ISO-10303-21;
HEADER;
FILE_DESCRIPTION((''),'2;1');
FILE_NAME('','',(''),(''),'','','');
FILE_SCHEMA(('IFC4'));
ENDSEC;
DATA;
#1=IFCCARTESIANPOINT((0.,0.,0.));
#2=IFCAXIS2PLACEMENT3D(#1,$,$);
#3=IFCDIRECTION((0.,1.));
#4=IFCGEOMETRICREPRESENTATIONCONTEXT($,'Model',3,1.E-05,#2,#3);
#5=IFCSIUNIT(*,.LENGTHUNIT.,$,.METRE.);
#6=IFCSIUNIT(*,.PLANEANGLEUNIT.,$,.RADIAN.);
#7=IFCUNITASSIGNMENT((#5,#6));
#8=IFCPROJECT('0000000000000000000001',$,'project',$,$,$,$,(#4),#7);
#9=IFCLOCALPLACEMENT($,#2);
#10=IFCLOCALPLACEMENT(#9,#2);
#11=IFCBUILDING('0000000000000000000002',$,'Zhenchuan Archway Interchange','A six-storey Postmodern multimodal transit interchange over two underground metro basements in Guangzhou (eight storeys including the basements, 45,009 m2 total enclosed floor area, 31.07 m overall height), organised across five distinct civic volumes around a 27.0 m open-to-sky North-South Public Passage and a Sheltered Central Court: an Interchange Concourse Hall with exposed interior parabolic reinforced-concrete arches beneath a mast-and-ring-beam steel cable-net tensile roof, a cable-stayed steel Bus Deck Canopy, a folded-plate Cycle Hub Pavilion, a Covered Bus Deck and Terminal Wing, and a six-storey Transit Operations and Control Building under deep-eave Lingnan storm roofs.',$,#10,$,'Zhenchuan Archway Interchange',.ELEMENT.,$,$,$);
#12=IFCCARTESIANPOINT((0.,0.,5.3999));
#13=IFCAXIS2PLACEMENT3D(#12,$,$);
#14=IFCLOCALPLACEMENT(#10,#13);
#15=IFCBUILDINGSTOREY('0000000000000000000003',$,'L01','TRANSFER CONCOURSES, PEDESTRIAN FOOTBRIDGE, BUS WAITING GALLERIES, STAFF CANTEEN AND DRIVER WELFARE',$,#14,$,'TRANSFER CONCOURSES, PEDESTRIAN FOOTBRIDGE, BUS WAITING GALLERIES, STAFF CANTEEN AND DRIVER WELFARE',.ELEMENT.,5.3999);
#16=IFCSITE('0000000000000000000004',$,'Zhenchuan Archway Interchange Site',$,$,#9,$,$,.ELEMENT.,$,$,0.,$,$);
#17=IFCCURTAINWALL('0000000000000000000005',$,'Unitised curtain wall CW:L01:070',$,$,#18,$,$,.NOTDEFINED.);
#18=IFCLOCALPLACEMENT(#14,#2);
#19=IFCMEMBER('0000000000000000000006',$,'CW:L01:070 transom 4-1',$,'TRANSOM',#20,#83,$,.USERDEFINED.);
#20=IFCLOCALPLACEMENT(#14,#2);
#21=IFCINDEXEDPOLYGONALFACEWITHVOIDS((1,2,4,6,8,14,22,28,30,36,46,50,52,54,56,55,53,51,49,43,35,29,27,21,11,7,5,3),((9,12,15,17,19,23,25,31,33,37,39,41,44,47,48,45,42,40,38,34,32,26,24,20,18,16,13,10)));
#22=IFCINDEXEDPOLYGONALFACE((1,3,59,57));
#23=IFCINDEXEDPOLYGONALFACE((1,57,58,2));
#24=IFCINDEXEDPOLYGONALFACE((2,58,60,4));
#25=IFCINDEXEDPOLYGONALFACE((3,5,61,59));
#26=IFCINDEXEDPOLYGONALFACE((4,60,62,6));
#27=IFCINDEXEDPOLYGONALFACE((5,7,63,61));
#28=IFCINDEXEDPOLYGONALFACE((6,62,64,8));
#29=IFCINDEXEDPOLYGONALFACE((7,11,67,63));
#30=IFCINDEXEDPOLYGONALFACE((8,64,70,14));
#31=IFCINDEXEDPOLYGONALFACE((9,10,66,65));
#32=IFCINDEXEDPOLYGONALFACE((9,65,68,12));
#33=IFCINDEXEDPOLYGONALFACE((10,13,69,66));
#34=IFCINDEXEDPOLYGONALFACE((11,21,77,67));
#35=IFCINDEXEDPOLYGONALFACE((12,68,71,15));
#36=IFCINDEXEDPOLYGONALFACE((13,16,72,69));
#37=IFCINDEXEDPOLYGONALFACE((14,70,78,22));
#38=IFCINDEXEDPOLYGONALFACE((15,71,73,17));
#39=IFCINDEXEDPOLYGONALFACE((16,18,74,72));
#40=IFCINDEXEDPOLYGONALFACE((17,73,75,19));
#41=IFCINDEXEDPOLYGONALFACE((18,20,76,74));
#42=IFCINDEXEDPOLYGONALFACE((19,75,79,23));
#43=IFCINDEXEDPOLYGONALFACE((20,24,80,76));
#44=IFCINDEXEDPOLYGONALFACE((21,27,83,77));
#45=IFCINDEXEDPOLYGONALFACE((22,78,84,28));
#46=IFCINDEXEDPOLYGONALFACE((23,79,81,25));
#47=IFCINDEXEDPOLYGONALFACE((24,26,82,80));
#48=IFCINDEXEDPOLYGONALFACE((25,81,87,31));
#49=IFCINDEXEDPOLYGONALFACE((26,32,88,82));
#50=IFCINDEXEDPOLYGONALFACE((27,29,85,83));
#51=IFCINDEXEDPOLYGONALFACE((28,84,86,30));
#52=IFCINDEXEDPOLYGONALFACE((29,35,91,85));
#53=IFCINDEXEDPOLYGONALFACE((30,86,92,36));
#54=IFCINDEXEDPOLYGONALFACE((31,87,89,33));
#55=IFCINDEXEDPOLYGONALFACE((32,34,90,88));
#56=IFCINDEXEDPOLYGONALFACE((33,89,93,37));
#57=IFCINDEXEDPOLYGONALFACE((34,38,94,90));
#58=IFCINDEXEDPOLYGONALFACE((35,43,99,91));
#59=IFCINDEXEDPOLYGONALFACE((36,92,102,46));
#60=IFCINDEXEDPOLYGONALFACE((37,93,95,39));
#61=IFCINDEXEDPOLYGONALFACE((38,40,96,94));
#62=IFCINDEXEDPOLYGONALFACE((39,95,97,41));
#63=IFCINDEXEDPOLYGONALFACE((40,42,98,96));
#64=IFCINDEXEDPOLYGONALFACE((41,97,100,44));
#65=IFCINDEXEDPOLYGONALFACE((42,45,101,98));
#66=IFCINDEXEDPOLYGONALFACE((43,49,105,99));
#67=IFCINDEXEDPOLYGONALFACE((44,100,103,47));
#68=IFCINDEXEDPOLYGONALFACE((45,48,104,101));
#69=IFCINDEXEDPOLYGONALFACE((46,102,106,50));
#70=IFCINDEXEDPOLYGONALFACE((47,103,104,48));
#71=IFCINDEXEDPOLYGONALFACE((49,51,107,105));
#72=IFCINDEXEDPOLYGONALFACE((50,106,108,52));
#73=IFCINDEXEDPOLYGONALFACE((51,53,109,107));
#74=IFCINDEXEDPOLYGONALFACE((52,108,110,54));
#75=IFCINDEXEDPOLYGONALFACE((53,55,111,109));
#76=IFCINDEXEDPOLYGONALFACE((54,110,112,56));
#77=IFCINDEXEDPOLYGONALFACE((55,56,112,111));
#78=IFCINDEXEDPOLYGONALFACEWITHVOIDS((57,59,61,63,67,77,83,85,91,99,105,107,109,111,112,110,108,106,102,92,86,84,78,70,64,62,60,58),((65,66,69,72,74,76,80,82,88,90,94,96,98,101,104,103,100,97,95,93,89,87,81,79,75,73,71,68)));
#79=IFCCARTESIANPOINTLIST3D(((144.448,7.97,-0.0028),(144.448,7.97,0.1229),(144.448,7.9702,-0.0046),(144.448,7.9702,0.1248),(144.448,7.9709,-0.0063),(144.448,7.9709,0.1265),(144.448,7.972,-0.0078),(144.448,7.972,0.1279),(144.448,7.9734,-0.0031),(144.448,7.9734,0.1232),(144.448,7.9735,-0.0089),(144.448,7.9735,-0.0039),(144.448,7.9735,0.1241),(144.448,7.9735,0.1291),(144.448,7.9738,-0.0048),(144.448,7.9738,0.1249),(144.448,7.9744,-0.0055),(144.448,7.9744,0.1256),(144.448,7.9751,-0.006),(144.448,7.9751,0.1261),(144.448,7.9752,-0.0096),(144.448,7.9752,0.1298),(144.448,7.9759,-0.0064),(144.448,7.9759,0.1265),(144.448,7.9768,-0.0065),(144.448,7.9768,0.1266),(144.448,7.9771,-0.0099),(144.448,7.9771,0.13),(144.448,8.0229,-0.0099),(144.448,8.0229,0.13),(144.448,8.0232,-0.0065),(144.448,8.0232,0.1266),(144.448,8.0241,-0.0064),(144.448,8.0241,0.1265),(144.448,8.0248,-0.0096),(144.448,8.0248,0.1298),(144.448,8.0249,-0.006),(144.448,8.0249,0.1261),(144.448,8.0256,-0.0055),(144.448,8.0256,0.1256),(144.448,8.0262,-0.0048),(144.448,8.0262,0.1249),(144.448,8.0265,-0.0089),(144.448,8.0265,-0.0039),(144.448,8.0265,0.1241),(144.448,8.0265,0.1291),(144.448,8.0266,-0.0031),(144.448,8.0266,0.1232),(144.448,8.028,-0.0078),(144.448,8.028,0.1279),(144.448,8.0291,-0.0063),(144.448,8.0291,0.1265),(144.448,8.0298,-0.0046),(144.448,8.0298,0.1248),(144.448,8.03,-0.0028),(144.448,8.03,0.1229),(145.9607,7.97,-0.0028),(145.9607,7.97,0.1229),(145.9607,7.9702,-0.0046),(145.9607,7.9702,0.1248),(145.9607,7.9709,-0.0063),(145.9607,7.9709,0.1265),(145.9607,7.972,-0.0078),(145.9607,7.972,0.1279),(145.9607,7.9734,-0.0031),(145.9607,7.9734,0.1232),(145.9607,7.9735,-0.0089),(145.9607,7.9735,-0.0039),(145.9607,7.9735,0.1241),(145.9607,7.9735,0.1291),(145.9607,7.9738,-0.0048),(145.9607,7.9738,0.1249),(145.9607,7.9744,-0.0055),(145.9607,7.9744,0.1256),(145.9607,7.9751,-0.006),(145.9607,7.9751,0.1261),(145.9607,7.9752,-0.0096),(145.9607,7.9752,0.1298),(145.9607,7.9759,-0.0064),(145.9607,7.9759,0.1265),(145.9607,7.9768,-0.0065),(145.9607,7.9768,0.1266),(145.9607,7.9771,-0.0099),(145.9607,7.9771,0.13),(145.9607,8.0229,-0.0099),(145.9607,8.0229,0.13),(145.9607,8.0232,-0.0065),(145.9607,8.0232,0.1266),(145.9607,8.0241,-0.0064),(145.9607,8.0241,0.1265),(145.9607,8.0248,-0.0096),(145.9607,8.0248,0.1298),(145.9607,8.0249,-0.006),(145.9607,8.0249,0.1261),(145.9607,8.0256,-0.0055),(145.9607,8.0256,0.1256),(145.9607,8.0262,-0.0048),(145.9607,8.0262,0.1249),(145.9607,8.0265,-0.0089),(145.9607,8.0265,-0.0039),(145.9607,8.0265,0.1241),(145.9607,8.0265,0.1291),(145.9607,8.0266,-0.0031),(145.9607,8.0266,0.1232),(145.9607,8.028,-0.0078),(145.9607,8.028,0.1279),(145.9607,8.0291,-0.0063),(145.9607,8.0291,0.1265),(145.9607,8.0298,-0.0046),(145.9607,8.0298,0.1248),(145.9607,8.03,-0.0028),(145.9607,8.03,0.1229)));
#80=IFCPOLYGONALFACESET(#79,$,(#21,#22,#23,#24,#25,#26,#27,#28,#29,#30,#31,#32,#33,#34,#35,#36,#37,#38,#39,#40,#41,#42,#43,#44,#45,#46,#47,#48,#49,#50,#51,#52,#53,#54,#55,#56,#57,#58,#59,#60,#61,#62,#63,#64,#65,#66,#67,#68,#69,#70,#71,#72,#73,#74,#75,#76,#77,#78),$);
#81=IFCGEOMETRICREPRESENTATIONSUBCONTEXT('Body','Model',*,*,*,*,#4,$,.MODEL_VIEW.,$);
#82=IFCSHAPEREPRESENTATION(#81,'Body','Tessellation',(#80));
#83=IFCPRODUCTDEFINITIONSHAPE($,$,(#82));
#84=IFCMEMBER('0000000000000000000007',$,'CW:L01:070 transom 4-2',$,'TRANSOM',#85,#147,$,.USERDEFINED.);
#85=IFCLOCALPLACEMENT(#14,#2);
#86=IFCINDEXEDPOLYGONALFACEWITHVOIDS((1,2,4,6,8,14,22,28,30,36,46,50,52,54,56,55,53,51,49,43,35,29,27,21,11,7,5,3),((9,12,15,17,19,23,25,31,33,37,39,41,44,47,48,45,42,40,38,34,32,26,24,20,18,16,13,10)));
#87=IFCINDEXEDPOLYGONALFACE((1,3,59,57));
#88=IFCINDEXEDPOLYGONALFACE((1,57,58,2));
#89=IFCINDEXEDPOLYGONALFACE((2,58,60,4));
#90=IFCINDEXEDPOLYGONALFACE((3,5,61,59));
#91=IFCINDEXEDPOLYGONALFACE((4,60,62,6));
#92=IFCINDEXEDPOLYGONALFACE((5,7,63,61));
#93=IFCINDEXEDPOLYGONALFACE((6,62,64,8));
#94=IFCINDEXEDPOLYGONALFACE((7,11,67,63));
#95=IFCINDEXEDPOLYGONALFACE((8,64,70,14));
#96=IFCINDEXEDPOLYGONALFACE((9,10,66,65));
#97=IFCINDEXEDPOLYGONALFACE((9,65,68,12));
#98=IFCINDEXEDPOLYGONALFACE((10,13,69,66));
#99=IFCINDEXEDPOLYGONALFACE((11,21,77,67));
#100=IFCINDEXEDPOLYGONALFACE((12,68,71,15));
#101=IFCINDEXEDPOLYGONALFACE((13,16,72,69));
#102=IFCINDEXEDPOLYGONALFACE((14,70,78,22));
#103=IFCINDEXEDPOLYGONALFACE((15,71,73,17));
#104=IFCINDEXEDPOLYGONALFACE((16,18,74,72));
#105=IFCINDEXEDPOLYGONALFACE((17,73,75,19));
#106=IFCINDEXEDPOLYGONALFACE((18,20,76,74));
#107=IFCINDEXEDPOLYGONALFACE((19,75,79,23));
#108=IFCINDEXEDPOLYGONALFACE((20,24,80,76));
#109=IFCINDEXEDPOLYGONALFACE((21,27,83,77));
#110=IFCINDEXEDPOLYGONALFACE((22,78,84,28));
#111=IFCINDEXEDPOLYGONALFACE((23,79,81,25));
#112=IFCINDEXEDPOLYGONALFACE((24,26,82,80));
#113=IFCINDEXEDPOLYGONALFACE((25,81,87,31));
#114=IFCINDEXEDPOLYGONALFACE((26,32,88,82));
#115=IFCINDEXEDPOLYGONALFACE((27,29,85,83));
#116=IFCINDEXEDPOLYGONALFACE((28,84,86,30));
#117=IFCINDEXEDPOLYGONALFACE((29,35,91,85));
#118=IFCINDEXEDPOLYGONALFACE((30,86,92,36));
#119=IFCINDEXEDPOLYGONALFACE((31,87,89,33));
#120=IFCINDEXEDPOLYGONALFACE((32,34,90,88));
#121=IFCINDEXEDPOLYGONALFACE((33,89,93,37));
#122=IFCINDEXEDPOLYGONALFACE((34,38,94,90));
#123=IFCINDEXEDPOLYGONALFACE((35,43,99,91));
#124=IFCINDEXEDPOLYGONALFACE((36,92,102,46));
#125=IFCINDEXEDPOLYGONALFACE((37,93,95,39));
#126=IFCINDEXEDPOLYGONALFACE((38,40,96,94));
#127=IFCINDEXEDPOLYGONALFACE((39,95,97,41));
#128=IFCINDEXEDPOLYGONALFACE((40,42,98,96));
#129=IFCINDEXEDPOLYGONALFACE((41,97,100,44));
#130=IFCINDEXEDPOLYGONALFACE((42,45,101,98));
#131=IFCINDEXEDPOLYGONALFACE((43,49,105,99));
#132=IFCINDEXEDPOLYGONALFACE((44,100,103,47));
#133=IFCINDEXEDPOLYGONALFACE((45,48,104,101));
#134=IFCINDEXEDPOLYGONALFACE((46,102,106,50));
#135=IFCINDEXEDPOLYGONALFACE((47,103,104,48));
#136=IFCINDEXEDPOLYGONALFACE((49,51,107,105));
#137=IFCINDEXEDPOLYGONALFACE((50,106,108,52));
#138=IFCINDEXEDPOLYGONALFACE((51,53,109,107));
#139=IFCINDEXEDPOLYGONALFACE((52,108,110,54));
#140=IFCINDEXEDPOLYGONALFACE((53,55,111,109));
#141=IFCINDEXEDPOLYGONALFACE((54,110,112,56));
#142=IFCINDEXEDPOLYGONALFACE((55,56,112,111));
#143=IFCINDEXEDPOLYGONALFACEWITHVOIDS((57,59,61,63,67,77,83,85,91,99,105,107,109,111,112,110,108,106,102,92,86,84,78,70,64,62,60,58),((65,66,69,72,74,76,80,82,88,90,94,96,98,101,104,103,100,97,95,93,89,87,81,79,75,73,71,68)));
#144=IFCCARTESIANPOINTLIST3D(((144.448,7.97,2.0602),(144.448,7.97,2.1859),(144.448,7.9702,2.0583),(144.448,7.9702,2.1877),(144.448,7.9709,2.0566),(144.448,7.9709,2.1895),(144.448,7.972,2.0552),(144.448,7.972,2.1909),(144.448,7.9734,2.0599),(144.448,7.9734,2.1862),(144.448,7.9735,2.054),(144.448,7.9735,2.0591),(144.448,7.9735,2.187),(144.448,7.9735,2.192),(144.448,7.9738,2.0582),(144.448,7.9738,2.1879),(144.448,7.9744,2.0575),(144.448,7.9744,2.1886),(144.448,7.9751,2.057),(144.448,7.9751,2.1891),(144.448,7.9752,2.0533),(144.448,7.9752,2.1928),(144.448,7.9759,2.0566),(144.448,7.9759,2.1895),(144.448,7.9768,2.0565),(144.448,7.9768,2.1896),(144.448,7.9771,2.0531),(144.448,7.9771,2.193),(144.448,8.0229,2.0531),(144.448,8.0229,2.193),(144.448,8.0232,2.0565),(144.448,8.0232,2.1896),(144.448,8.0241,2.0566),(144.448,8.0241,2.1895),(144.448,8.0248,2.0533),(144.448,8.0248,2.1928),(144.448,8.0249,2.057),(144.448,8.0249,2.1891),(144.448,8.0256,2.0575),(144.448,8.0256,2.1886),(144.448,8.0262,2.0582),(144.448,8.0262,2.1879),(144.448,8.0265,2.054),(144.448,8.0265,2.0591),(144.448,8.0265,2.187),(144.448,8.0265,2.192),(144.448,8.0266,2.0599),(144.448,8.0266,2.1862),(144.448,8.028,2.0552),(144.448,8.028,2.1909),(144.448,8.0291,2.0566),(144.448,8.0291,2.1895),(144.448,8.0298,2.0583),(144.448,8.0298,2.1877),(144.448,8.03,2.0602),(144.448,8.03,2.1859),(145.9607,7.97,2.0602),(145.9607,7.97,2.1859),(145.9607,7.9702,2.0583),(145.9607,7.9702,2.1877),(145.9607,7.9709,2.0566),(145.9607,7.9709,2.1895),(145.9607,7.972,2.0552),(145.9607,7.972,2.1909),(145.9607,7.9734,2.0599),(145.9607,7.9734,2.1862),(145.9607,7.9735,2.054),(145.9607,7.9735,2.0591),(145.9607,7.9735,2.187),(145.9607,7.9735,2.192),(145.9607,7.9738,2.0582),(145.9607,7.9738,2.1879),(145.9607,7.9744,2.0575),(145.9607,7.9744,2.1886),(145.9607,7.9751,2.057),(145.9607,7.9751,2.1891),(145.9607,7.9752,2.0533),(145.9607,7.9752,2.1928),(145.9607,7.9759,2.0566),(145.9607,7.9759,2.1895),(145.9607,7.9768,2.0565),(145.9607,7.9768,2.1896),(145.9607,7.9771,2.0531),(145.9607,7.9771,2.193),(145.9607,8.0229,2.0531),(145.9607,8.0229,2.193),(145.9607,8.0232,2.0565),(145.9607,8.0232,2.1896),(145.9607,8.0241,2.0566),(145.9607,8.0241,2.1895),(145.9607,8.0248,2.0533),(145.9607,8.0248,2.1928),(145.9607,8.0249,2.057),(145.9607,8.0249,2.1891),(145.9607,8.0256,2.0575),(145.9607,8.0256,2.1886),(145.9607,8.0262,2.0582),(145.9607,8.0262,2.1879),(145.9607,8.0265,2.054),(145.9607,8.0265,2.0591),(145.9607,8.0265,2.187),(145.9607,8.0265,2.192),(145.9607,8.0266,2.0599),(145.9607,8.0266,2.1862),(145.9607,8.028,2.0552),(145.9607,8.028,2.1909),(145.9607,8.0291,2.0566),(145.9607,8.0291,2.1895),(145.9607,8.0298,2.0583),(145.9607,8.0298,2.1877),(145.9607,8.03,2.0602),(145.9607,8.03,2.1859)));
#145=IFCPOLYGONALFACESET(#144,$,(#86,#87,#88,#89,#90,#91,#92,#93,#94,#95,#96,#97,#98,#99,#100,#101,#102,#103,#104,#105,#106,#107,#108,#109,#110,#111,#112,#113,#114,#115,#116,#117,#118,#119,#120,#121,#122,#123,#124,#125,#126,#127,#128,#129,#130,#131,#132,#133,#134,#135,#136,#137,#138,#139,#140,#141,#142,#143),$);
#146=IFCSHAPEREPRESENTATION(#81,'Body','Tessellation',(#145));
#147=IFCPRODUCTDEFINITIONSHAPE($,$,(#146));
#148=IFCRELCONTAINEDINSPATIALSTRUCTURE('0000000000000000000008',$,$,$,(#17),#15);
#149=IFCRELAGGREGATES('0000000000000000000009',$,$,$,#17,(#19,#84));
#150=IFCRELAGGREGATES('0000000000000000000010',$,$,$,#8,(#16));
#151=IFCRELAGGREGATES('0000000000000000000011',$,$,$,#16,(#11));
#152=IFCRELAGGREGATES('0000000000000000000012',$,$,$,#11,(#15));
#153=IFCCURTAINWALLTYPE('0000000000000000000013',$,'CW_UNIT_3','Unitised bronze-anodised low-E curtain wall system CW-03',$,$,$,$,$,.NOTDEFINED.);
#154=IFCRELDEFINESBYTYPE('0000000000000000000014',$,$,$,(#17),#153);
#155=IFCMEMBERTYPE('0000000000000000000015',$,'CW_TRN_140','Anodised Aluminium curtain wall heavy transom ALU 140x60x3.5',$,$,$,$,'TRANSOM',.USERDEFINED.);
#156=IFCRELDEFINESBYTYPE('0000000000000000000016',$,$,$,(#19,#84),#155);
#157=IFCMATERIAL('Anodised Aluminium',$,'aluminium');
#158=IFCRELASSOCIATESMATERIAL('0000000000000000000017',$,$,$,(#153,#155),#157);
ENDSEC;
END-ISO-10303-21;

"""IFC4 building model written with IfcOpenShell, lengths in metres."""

from ifc_helpers import new_model, si_unit, direction, frame, origin, origin_2d, place, context, subcontext, project, spatial, hollow_rectangle, extrude, material, material_profile, profile_set, type_object, element, aggregate, save


model = new_model("IFC4")

# Units and contexts
model_context = context("Model", 3, precision=1e-05, world=origin(), true_north=direction((0.0, 1.0)))
body_context = subcontext(model_context, "Body", "Model", "MODEL_VIEW")
ifc_project = project(units=[si_unit("LENGTHUNIT", "METRE"), si_unit("PLANEANGLEUNIT", "RADIAN")], contexts=[model_context])

# Site, building, storey
site_placement = place(None, origin())
site = spatial("IfcSite", under=ifc_project, at=site_placement, Name="Zhenchuan Archway Interchange Site", CompositionType="ELEMENT", RefElevation=0.0)
building_placement = place(site_placement, origin())
building = spatial("IfcBuilding", under=site, at=building_placement, Name="Zhenchuan Archway Interchange", Description="A six-storey Postmodern multimodal transit interchange over two underground metro basements in Guangzhou (eight storeys including the basements, 45,009 m2 total enclosed floor area, 31.07 m overall height), organised across five distinct civic volumes around a 27.0 m open-to-sky North-South Public Passage and a Sheltered Central Court: an Interchange Concourse Hall with exposed interior parabolic reinforced-concrete arches beneath a mast-and-ring-beam steel cable-net tensile roof, a cable-stayed steel Bus Deck Canopy, a folded-plate Cycle Hub Pavilion, a Covered Bus Deck and Terminal Wing, and a six-storey Transit Operations and Control Building under deep-eave Lingnan storm roofs.", LongName="Zhenchuan Archway Interchange", CompositionType="ELEMENT")
storey_placement = place(building_placement, frame((0.0, 0.0, 5.3999)))
storey = spatial("IfcBuildingStorey", under=building, at=storey_placement, Name="L01", Description="TRANSFER CONCOURSES, PEDESTRIAN FOOTBRIDGE, BUS WAITING GALLERIES, STAFF CANTEEN AND DRIVER WELFARE", LongName="TRANSFER CONCOURSES, PEDESTRIAN FOOTBRIDGE, BUS WAITING GALLERIES, STAFF CANTEEN AND DRIVER WELFARE", CompositionType="ELEMENT", Elevation=5.3999)

# Curtain wall, members
ifc_material_1 = material(Name="Anodised Aluminium", Category="aluminium")
curtain_wall_type = type_object("IfcCurtainWallType", Name="CW_UNIT_3", Description="Unitised bronze-anodised low-E curtain wall system CW-03", PredefinedType="NOTDEFINED", material=ifc_material_1)
curtain_wall_placement = place(storey_placement, origin())
curtain_wall = element("IfcCurtainWall", 1, at=curtain_wall_placement, inside=storey, type_object=curtain_wall_type, Name="Unitised curtain wall CW:L01:070", PredefinedType="NOTDEFINED")
ifc_material_profile_1 = material_profile(ifc_material_1, hollow_rectangle(XDim=0.0601, YDim=0.1399, WallThickness=0.0034, InnerFilletRadius=0.0034, OuterFilletRadius=0.0071, at=origin_2d()), Name="ALU 140x60x3.5")
ifc_profile_set_1 = profile_set([ifc_material_profile_1], Name="Anodised Aluminium")
member_type_1 = type_object("IfcMemberType", Name="CW_TRN_140", Description="Anodised Aluminium curtain wall heavy transom ALU 140x60x3.5", ElementType="TRANSOM", PredefinedType="USERDEFINED", material=ifc_profile_set_1)
member_1_placement = place(storey_placement, frame((145.9607, 8.0, 0.0601), z_axis=(-1.0, 0.0, 0.0), x_axis=(0.0, -1.0, 0.0)))
member_1 = element("IfcMember", 2, at=member_1_placement, type_object=member_type_1, Name="CW:L01:070 transom 4-1", ObjectType="TRANSOM", PredefinedType="USERDEFINED", context=body_context, shape_type="SweptSolid", body=[
    extrude(hollow_rectangle(XDim=0.0601, YDim=0.1399, WallThickness=0.0034, InnerFilletRadius=0.0034, OuterFilletRadius=0.0071, at=origin_2d()), origin(), (0.0, 0.0, 1.0), 1.5127),
])
member_2_placement = place(storey_placement, frame((145.9607, 8.0, 2.123), z_axis=(-1.0, 0.0, 0.0), x_axis=(0.0, -1.0, 0.0)))
member_2 = element("IfcMember", 3, at=member_2_placement, type_object=member_type_1, Name="CW:L01:070 transom 4-2", ObjectType="TRANSOM", PredefinedType="USERDEFINED", context=body_context, shape_type="SweptSolid", body=[
    extrude(hollow_rectangle(XDim=0.0601, YDim=0.1399, WallThickness=0.0034, InnerFilletRadius=0.0034, OuterFilletRadius=0.0071, at=origin_2d()), origin(), (0.0, 0.0, 1.0), 1.5127),
])

aggregate(curtain_wall, [member_1, member_2])

save(model, "model.ifc")
